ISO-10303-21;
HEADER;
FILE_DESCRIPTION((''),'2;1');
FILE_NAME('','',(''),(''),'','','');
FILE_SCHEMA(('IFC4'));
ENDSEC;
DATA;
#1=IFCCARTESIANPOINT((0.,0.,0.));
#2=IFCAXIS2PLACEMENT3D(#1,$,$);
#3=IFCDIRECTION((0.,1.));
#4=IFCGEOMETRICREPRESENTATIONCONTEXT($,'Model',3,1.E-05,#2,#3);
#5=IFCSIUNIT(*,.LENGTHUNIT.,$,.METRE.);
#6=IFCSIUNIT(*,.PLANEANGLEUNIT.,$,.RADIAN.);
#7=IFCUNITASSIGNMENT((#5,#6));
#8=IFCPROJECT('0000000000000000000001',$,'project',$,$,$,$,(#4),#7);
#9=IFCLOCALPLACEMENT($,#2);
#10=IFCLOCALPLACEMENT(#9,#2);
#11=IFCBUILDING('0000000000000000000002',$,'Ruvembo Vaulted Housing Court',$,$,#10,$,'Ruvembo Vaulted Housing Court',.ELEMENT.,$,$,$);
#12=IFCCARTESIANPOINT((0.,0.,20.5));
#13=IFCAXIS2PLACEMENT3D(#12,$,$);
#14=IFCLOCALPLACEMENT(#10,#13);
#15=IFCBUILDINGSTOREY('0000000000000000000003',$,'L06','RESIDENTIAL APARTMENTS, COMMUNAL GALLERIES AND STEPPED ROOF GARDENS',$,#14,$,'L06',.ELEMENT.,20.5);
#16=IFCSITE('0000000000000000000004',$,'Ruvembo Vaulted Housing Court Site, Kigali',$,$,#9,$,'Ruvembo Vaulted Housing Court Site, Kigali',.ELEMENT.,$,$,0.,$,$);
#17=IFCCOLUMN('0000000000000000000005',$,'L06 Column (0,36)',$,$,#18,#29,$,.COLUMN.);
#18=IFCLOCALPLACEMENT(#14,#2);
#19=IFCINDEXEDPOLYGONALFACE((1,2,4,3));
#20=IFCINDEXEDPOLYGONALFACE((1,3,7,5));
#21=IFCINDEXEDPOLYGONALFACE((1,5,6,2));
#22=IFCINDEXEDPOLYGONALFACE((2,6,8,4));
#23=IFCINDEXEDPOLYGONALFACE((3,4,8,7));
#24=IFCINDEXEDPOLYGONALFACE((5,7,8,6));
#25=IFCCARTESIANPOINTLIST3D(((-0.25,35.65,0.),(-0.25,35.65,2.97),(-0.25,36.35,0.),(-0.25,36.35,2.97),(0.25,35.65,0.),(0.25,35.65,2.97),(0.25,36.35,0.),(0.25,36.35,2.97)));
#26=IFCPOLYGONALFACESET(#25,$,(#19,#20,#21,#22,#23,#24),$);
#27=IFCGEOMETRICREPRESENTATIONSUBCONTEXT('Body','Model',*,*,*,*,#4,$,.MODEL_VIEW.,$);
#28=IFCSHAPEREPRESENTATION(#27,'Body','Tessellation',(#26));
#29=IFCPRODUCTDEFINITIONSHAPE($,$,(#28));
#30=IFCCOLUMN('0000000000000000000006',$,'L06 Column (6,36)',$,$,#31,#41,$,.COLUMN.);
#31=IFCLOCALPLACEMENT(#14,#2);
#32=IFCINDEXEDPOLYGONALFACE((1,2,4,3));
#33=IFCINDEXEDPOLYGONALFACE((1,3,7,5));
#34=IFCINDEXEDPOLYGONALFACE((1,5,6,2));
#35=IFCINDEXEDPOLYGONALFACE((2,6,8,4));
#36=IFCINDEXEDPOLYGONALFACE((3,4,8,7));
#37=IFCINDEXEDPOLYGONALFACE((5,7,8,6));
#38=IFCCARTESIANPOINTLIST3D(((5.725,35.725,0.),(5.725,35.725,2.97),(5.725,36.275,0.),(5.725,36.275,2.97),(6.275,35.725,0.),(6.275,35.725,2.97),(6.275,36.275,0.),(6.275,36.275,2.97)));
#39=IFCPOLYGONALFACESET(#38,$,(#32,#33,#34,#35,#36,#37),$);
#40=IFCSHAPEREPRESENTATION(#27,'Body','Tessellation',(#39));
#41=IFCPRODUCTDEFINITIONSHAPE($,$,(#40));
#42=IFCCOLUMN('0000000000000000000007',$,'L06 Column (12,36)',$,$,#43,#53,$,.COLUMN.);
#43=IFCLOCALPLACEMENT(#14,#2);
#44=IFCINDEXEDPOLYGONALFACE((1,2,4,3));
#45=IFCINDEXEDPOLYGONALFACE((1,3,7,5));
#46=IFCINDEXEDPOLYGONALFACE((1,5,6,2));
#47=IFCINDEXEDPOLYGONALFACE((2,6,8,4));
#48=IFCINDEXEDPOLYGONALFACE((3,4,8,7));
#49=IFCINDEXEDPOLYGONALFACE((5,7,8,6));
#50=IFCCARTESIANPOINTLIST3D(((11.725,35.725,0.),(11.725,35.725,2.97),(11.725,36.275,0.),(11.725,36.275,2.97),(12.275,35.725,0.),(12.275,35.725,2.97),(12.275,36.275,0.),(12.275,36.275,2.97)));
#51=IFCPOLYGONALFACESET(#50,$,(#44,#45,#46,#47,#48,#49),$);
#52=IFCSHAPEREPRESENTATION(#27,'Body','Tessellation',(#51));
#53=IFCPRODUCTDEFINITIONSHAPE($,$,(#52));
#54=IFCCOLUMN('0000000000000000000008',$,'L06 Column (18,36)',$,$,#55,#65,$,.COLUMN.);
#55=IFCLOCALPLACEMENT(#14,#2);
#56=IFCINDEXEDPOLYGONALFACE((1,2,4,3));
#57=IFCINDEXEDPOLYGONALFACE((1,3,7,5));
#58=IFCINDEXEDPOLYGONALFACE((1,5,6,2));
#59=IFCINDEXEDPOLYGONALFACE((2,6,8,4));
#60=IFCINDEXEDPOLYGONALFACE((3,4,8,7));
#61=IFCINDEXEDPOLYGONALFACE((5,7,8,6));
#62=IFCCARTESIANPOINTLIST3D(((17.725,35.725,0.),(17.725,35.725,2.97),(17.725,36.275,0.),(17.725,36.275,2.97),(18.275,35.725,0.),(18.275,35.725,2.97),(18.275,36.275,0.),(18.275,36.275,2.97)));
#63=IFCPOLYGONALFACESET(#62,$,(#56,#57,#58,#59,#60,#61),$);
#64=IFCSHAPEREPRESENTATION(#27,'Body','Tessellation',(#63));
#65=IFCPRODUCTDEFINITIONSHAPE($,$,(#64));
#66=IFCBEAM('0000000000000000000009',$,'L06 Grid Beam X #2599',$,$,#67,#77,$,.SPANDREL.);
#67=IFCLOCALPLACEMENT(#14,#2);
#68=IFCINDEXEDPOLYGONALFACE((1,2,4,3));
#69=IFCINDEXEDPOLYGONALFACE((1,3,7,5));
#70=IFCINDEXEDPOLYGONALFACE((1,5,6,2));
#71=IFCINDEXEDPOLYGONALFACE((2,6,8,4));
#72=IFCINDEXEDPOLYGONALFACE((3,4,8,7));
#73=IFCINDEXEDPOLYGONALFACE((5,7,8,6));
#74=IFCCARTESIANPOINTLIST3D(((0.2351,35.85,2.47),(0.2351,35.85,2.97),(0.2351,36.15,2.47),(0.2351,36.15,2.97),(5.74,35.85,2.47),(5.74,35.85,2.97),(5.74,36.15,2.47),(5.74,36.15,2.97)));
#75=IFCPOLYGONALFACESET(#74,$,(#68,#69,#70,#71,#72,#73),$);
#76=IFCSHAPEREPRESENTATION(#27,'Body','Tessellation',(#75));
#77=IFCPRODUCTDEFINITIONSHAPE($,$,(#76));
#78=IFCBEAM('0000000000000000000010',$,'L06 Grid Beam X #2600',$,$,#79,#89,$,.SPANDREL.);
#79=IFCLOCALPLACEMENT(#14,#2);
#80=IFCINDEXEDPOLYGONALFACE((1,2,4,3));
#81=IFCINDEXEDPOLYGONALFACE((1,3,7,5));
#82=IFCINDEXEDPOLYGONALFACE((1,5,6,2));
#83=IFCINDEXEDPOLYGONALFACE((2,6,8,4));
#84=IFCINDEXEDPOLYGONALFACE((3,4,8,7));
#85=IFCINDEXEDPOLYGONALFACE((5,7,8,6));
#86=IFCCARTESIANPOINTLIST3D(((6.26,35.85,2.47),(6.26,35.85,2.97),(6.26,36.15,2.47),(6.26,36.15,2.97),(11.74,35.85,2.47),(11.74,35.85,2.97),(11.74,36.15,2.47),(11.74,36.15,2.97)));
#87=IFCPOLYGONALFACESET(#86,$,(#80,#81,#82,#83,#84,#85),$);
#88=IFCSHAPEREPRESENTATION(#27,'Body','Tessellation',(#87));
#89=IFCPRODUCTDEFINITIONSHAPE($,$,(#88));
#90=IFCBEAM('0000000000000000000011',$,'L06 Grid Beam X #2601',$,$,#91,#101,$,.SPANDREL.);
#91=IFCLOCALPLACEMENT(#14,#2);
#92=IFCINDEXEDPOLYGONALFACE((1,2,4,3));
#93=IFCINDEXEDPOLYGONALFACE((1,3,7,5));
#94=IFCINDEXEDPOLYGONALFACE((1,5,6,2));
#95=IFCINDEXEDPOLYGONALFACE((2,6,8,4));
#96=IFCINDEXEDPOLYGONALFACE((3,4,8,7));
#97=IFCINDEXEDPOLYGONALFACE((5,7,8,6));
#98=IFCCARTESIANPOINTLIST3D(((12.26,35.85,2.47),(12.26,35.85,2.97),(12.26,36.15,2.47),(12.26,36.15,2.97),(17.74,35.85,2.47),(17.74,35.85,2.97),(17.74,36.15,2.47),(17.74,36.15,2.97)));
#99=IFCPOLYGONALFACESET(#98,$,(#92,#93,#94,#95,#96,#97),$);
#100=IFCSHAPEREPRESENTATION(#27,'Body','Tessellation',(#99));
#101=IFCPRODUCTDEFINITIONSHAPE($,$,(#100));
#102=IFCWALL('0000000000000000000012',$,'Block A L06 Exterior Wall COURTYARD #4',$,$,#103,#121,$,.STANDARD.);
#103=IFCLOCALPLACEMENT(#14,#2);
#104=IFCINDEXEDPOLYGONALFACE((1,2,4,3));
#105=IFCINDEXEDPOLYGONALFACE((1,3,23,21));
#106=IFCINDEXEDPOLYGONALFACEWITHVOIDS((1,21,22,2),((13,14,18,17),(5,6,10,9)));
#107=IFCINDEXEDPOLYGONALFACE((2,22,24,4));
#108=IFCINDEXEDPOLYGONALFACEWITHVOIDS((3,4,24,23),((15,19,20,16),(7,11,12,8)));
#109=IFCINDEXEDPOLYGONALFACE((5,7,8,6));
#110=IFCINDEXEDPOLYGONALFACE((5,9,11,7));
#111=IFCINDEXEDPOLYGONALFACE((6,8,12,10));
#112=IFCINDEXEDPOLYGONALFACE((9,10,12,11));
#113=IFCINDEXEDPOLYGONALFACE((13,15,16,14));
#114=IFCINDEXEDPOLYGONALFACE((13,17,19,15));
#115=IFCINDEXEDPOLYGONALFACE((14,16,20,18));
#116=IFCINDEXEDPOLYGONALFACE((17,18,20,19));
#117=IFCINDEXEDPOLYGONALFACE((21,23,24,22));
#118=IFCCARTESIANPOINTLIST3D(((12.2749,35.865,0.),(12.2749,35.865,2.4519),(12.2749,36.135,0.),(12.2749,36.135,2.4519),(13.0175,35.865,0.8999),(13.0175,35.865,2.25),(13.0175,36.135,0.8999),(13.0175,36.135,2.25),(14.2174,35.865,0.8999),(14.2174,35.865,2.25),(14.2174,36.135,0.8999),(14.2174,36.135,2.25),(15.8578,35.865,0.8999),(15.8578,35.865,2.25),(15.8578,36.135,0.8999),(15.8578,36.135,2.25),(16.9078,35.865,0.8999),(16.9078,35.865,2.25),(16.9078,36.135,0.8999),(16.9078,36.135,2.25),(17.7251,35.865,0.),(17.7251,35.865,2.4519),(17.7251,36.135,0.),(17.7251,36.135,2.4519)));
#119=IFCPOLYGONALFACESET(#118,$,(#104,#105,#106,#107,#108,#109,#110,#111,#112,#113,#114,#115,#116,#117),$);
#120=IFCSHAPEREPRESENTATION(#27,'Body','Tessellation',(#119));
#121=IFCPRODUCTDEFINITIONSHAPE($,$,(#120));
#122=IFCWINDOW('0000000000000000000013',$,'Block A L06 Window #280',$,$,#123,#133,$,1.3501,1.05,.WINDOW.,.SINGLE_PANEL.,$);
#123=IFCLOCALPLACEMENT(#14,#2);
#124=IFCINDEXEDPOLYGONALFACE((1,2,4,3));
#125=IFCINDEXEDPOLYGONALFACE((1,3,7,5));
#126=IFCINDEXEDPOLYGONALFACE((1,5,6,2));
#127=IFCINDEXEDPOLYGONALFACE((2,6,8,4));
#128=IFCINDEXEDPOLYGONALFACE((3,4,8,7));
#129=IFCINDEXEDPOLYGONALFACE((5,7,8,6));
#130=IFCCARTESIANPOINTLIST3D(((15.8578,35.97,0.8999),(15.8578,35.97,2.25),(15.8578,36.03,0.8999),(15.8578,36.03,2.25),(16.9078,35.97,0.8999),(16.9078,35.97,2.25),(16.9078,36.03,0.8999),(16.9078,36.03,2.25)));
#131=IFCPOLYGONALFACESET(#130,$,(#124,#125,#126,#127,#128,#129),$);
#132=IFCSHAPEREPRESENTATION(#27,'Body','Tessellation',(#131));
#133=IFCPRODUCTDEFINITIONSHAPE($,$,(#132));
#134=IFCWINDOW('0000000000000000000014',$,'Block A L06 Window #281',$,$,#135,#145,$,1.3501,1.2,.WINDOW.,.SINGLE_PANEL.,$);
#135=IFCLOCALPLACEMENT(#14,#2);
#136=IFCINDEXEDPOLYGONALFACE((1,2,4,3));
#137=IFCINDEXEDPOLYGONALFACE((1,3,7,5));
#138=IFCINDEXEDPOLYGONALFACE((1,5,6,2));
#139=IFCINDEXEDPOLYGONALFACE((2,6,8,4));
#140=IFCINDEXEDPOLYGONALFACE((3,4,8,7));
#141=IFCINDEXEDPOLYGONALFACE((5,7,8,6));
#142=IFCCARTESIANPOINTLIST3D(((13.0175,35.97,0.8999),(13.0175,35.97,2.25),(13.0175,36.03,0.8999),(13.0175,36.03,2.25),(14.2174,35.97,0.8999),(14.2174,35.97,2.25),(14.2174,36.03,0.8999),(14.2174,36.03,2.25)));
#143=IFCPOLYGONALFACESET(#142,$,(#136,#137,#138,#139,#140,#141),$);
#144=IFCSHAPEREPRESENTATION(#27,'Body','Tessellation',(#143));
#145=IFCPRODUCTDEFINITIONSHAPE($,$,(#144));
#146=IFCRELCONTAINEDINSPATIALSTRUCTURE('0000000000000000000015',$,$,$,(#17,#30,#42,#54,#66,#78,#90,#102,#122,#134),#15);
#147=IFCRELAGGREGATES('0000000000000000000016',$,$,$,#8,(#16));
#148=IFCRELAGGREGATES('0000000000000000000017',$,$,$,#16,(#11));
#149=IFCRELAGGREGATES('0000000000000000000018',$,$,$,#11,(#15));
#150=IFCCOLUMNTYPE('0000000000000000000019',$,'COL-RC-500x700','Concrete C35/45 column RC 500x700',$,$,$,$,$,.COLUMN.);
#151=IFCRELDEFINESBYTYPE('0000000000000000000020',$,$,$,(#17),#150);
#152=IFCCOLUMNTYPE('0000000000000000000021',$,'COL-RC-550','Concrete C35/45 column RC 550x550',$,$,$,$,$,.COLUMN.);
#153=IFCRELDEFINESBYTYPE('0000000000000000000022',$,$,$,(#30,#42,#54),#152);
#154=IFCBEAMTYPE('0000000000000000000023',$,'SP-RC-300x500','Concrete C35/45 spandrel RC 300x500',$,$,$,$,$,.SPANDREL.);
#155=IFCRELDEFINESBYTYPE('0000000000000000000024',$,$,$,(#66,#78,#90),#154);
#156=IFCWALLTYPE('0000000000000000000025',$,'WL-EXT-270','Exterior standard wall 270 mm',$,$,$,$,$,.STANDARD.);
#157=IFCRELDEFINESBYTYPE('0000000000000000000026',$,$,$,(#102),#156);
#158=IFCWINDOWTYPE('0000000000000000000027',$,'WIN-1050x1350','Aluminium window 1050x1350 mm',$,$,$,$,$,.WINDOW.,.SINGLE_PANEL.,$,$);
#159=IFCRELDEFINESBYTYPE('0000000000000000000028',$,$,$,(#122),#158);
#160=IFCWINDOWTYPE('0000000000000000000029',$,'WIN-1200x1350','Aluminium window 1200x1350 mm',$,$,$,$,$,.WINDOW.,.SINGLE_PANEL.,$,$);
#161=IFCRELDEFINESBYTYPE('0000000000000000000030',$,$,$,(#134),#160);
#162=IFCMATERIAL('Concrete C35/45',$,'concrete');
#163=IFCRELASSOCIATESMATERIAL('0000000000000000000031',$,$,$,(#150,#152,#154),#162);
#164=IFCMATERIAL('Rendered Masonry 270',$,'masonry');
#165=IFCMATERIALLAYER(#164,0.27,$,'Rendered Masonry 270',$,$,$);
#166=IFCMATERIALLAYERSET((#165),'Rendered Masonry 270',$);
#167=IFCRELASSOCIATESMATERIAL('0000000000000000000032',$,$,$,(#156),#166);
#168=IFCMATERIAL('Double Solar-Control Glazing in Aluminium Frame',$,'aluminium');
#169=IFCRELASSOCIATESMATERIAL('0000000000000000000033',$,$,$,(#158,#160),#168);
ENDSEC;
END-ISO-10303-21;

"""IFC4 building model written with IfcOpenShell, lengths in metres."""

from ifc_helpers import new_model, si_unit, direction, frame, frame_2d, origin, origin_2d, place, context, subcontext, project, spatial, rectangle, extrude, material, layer, layer_set, material_profile, profile_set, type_object, element, fill, save


model = new_model("IFC4")

# Units and contexts
model_context = context("Model", 3, precision=1e-05, world=origin(), true_north=direction((0.0, 1.0)))
body_context = subcontext(model_context, "Body", "Model", "MODEL_VIEW")
ifc_project = project(units=[si_unit("LENGTHUNIT", "METRE"), si_unit("PLANEANGLEUNIT", "RADIAN")], contexts=[model_context])

# Site, building, storey
site_placement = place(None, origin())
site = spatial("IfcSite", under=ifc_project, at=site_placement, Name="Ruvembo Vaulted Housing Court Site, Kigali", LongName="Ruvembo Vaulted Housing Court Site, Kigali", CompositionType="ELEMENT", RefElevation=0.0)
building_placement = place(site_placement, origin())
building = spatial("IfcBuilding", under=site, at=building_placement, Name="Ruvembo Vaulted Housing Court", LongName="Ruvembo Vaulted Housing Court", CompositionType="ELEMENT")
storey_placement = place(building_placement, frame((0.0, 0.0, 20.5)))
storey = spatial("IfcBuildingStorey", under=building, at=storey_placement, Name="L06", Description="RESIDENTIAL APARTMENTS, COMMUNAL GALLERIES AND STEPPED ROOF GARDENS", LongName="L06", CompositionType="ELEMENT", Elevation=20.5)

# Columns
ifc_material_1 = material(Name="Concrete C35/45", Category="concrete")
ifc_material_profile_1 = material_profile(ifc_material_1, rectangle(XDim=0.5, YDim=0.7, at=origin_2d()), Name="RC 500x700")
ifc_profile_set_1 = profile_set([ifc_material_profile_1], Name="Concrete C35/45")
column_type_1 = type_object("IfcColumnType", Name="COL-RC-500x700", Description="Concrete C35/45 column RC 500x700", PredefinedType="COLUMN", material=ifc_profile_set_1)
column_placement = place(storey_placement, frame((0.0, 36.0, 0.0), z_axis=(0.0, 0.0, 1.0), x_axis=(1.0, 0.0, 0.0)))
element("IfcColumn", 1, at=column_placement, inside=storey, type_object=column_type_1, Name="L06 Column (0,36)", PredefinedType="COLUMN", context=body_context, shape_type="SweptSolid", body=[
    extrude(rectangle(XDim=0.5, YDim=0.7, at=origin_2d()), origin(), (0.0, 0.0, 1.0), 2.97),
])
ifc_material_profile_2 = material_profile(ifc_material_1, rectangle(XDim=0.55, YDim=0.55, at=origin_2d()), Name="RC 550x550")
ifc_profile_set_2 = profile_set([ifc_material_profile_2], Name="Concrete C35/45")
column_type_2 = type_object("IfcColumnType", Name="COL-RC-550", Description="Concrete C35/45 column RC 550x550", PredefinedType="COLUMN", material=ifc_profile_set_2)
for number, where, z_axis, x_axis, name in (
    (2, (6.0, 36.0, 0.0), (0.0, 0.0, 1.0), (1.0, 0.0, 0.0), "L06 Column (6,36)"),
    (3, (12.0, 36.0, 0.0), (0.0, 0.0, 1.0), (1.0, 0.0, 0.0), "L06 Column (12,36)"),
    (4, (18.0, 36.0, 0.0), (0.0, 0.0, 1.0), (1.0, 0.0, 0.0), "L06 Column (18,36)"),
):
    element("IfcColumn", number, at=place(storey_placement, frame(where, z_axis=z_axis, x_axis=x_axis)), inside=storey, type_object=column_type_2, Name=name, PredefinedType="COLUMN", context=body_context, shape_type="SweptSolid", body=[
        extrude(rectangle(XDim=0.55, YDim=0.55, at=origin_2d()), origin(), (0.0, 0.0, 1.0), 2.97),
    ])

# Beams
ifc_material_profile_3 = material_profile(ifc_material_1, rectangle(XDim=0.3, YDim=0.5, at=origin_2d()), Name="RC 300x500")
ifc_profile_set_3 = profile_set([ifc_material_profile_3], Name="Concrete C35/45")
beam_type = type_object("IfcBeamType", Name="SP-RC-300x500", Description="Concrete C35/45 spandrel RC 300x500", PredefinedType="SPANDREL", material=ifc_profile_set_3)
beam_placement = place(storey_placement, frame((0.2351, 36.0, 2.72), z_axis=(1.0, 0.0, 0.0), x_axis=(0.0, 1.0, 0.0)))
element("IfcBeam", 5, at=beam_placement, inside=storey, type_object=beam_type, Name="L06 Grid Beam X #2599", PredefinedType="SPANDREL", context=body_context, shape_type="SweptSolid", body=[
    extrude(rectangle(XDim=0.3, YDim=0.5, at=origin_2d()), origin(), (0.0, 0.0, 1.0), 5.5049),
])
for number, where, z_axis, x_axis, name in (
    (6, (6.26, 36.0, 2.72), (1.0, 0.0, 0.0), (0.0, 1.0, 0.0), "L06 Grid Beam X #2600"),
    (7, (12.26, 36.0, 2.72), (1.0, 0.0, 0.0), (0.0, 1.0, 0.0), "L06 Grid Beam X #2601"),
):
    element("IfcBeam", number, at=place(storey_placement, frame(where, z_axis=z_axis, x_axis=x_axis)), inside=storey, type_object=beam_type, Name=name, PredefinedType="SPANDREL", context=body_context, shape_type="SweptSolid", body=[
        extrude(rectangle(XDim=0.3, YDim=0.5, at=origin_2d()), origin(), (0.0, 0.0, 1.0), 5.48),
    ])

# Wall, openings, windows
ifc_material_2 = material(Name="Rendered Masonry 270", Category="masonry")
ifc_layer_1 = layer(ifc_material_2, 0.27, Name="Rendered Masonry 270")
ifc_layer_set_1 = layer_set([ifc_layer_1], Name="Rendered Masonry 270")
wall_type_1 = type_object("IfcWallType", Name="WL-EXT-270", Description="Exterior standard wall 270 mm", PredefinedType="STANDARD", material=ifc_layer_set_1)
wall_1_placement = place(storey_placement, frame((17.7251, 36.0, 0.0), z_axis=(0.0, 0.0, 1.0), x_axis=(-1.0, 0.0, 0.0)))
wall_1 = element("IfcWall", 8, at=wall_1_placement, inside=storey, type_object=wall_type_1, Name="Block A L06 Exterior Wall COURTYARD #4", PredefinedType="STANDARD", context=body_context, shape_type="SweptSolid", body=[
    extrude(rectangle(XDim=5.4502, YDim=0.27, at=frame_2d((2.7251, 0.0))), origin(), (0.0, 0.0, 1.0), 2.4519),
])
opening_1_placement = place(wall_1_placement, frame((0.8174, 0.0, 0.8999)))
opening_1 = element("IfcOpeningElement", 9, at=opening_1_placement, cuts=wall_1, PredefinedType="OPENING", context=body_context, shape_type="SweptSolid", body=[
    extrude(rectangle(XDim=1.05, YDim=1.3501, at=frame_2d((0.5249, 0.675))), frame((0.0, 0.145, 0.0), z_axis=(0.0, -1.0, 0.0), x_axis=(1.0, 0.0, 0.0)), (0.0, 0.0, 1.0), 0.29),
])
opening_2_placement = place(wall_1_placement, frame((3.5076, 0.0, 0.8999)))
opening_2 = element("IfcOpeningElement", 10, at=opening_2_placement, cuts=wall_1, PredefinedType="OPENING", context=body_context, shape_type="SweptSolid", body=[
    extrude(rectangle(XDim=1.2, YDim=1.3501, at=frame_2d((0.6001, 0.675))), frame((0.0, 0.145, 0.0), z_axis=(0.0, -1.0, 0.0), x_axis=(1.0, 0.0, 0.0)), (0.0, 0.0, 1.0), 0.29),
])
ifc_material_3 = material(Name="Double Solar-Control Glazing in Aluminium Frame", Category="aluminium")
window_type_1 = type_object("IfcWindowType", Name="WIN-1050x1350", Description="Aluminium window 1050x1350 mm", PartitioningType="SINGLE_PANEL", PredefinedType="WINDOW", material=ifc_material_3)
window_1_placement = place(opening_1_placement, origin())
window_1 = element("IfcWindow", 11, at=window_1_placement, inside=storey, type_object=window_type_1, Name="Block A L06 Window #280", OverallHeight=1.3501, OverallWidth=1.05, PartitioningType="SINGLE_PANEL", PredefinedType="WINDOW", context=body_context, shape_type="SweptSolid", body=[
    extrude(rectangle(XDim=1.05, YDim=1.3501, at=frame_2d((0.5249, 0.675))), frame((0.0, 0.03, 0.0), z_axis=(0.0, -1.0, 0.0), x_axis=(1.0, 0.0, 0.0)), (0.0, 0.0, 1.0), 0.0601),
])
fill(opening_1, window_1)
window_type_2 = type_object("IfcWindowType", Name="WIN-1200x1350", Description="Aluminium window 1200x1350 mm", PartitioningType="SINGLE_PANEL", PredefinedType="WINDOW", material=ifc_material_3)
window_2_placement = place(opening_2_placement, origin())
window_2 = element("IfcWindow", 12, at=window_2_placement, inside=storey, type_object=window_type_2, Name="Block A L06 Window #281", OverallHeight=1.3501, OverallWidth=1.2, PartitioningType="SINGLE_PANEL", PredefinedType="WINDOW", context=body_context, shape_type="SweptSolid", body=[
    extrude(rectangle(XDim=1.2, YDim=1.3501, at=frame_2d((0.6001, 0.675))), frame((0.0, 0.03, 0.0), z_axis=(0.0, -1.0, 0.0), x_axis=(1.0, 0.0, 0.0)), (0.0, 0.0, 1.0), 0.0601),
])
fill(opening_2, window_2)

save(model, "model.ifc")
